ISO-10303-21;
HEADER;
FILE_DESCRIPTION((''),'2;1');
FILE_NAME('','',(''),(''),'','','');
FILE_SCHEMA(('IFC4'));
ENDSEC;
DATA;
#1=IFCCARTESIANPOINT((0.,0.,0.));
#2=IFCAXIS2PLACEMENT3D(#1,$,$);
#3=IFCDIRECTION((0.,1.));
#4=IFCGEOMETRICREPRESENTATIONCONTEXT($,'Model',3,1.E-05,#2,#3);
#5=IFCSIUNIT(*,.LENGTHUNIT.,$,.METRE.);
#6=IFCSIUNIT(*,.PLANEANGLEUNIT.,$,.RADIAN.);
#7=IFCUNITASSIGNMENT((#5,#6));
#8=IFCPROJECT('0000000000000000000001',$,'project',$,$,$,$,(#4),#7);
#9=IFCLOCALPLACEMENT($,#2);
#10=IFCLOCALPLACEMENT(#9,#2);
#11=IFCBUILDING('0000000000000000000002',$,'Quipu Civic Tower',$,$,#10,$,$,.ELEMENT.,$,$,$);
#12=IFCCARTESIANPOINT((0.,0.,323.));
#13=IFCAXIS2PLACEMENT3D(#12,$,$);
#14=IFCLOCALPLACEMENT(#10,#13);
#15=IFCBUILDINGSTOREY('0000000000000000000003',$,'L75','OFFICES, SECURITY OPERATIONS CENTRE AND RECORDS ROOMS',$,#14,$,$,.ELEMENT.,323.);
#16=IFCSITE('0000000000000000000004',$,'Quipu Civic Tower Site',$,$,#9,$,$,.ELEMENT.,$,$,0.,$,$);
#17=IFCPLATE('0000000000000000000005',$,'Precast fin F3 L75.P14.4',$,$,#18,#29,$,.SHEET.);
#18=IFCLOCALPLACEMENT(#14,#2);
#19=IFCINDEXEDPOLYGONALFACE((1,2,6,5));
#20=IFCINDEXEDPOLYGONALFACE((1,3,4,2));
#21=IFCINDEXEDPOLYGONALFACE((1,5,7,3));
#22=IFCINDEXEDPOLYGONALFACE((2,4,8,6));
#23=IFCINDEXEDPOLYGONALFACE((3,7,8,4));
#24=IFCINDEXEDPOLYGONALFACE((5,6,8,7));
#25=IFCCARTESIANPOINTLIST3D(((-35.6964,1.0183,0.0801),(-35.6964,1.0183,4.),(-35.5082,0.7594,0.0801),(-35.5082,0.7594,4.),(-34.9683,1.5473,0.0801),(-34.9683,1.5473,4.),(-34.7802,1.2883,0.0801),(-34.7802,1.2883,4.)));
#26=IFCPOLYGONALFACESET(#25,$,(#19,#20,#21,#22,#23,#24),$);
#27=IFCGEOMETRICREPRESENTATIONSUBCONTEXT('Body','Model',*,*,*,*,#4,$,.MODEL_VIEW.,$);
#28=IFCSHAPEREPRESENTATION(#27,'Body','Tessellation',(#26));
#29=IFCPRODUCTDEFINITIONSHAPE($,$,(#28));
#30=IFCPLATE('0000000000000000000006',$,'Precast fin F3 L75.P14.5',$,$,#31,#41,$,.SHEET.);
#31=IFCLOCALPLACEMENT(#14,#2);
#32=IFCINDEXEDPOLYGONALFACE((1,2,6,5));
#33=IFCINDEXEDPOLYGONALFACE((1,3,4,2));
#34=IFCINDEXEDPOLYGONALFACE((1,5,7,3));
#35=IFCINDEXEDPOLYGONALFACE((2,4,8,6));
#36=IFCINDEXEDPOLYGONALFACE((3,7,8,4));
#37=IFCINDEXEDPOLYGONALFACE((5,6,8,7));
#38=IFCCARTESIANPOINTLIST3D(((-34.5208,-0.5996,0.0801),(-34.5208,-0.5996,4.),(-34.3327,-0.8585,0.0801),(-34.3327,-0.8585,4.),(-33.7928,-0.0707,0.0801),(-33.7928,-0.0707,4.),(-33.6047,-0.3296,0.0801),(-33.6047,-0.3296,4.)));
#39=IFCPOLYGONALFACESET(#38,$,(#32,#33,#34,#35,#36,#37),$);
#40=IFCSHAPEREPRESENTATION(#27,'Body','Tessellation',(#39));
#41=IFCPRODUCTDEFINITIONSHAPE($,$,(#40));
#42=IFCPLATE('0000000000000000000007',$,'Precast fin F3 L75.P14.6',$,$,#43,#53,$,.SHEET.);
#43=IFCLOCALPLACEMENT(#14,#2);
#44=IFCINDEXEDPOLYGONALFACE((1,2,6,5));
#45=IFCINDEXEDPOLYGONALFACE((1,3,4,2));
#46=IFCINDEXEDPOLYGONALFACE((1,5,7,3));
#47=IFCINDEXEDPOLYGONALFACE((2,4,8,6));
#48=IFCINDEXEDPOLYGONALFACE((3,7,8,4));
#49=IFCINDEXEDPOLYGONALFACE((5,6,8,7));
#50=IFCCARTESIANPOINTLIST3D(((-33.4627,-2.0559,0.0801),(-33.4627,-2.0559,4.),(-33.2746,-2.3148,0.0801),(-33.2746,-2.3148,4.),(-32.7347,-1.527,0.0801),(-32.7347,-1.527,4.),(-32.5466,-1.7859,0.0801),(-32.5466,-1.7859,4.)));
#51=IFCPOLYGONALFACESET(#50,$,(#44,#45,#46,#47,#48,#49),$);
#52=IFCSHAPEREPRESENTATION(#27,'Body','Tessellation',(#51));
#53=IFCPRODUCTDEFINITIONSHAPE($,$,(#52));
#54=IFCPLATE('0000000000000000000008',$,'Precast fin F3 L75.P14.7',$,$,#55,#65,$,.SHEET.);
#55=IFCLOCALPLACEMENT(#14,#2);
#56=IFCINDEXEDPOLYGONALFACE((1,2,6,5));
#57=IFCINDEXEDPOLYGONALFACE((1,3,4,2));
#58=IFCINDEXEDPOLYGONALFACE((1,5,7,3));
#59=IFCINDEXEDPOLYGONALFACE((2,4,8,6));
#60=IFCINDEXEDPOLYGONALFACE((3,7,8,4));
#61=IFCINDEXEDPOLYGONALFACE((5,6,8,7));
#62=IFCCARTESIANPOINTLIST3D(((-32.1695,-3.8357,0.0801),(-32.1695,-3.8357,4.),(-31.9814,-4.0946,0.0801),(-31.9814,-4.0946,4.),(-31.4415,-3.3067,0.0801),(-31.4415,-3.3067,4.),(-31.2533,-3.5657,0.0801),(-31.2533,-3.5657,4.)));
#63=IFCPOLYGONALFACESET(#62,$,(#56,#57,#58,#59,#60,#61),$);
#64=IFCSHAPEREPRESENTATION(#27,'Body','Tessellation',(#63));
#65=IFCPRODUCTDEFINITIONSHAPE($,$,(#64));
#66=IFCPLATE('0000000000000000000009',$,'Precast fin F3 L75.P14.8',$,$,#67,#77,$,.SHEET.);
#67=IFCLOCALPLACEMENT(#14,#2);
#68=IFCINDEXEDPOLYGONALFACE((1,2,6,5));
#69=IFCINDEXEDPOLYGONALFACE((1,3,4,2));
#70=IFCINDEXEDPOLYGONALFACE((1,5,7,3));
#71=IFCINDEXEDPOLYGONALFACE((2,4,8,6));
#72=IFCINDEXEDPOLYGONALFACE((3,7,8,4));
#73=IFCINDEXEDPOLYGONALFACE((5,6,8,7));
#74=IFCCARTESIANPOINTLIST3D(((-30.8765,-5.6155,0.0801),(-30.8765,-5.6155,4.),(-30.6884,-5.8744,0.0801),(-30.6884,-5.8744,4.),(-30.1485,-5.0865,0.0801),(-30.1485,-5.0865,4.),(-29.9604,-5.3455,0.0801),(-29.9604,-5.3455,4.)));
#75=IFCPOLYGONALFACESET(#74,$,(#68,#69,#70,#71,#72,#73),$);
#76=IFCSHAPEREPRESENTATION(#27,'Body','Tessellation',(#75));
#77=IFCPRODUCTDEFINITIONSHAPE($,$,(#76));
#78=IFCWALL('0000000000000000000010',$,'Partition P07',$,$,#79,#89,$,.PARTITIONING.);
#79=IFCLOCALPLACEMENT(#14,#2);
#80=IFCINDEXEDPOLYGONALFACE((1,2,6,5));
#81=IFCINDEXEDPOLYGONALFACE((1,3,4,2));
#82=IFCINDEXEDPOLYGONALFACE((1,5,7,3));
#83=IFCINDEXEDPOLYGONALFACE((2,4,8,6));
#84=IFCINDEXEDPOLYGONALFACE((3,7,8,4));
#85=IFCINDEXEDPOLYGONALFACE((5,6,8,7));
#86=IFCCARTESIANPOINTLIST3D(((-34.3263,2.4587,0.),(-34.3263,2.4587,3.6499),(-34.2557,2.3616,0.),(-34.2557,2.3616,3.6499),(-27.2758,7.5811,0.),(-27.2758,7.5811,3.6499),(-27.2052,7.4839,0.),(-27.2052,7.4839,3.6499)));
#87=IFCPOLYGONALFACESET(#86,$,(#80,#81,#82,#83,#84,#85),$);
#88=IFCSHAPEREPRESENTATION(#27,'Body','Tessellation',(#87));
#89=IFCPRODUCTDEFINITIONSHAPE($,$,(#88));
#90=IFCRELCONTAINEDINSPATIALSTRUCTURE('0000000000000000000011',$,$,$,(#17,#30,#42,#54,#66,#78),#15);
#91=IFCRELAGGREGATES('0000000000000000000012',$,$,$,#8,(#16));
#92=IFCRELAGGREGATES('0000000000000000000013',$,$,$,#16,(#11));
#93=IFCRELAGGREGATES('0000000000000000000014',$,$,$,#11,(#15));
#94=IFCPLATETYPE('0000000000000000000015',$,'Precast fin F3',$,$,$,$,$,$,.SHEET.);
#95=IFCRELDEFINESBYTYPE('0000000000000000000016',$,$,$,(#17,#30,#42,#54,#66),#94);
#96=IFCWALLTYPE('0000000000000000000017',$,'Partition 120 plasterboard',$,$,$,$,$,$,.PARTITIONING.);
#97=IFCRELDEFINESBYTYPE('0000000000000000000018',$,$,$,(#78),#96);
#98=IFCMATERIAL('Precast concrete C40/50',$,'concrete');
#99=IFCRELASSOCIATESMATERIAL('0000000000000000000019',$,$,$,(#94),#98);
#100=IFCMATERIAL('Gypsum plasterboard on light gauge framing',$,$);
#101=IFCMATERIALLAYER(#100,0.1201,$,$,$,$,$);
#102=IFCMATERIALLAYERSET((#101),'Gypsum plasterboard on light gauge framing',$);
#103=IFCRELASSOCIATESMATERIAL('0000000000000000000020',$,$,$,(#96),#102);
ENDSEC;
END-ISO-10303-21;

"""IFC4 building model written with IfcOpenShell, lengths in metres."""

from ifc_helpers import new_model, si_unit, direction, frame, frame_2d, origin, origin_2d, place, context, subcontext, project, spatial, rectangle, extrude, material, layer, layer_set, type_object, element, save


model = new_model("IFC4")

# Units and contexts
model_context = context("Model", 3, precision=1e-05, world=origin(), true_north=direction((0.0, 1.0)))
body_context = subcontext(model_context, "Body", "Model", "MODEL_VIEW")
ifc_project = project(units=[si_unit("LENGTHUNIT", "METRE"), si_unit("PLANEANGLEUNIT", "RADIAN")], contexts=[model_context])

# Site, building, storey
site_placement = place(None, origin())
site = spatial("IfcSite", under=ifc_project, at=site_placement, Name="Quipu Civic Tower Site", CompositionType="ELEMENT", RefElevation=0.0)
building_placement = place(site_placement, origin())
building = spatial("IfcBuilding", under=site, at=building_placement, Name="Quipu Civic Tower", CompositionType="ELEMENT")
storey_placement = place(building_placement, frame((0.0, 0.0, 323.0)))
storey = spatial("IfcBuildingStorey", under=building, at=storey_placement, Name="L75", Description="OFFICES, SECURITY OPERATIONS CENTRE AND RECORDS ROOMS", CompositionType="ELEMENT", Elevation=323.0)

# Plates
ifc_material_1 = material(Name="Precast concrete C40/50", Category="concrete")
plate_type_1 = type_object("IfcPlateType", Name="Precast fin F3", PredefinedType="SHEET", material=ifc_material_1)
for number, where, z_axis, x_axis, name in (
    (1, (-35.2383, 1.1533, 0.0801), (0.0, 0.0, 1.0), (0.587787, -0.809016, 0.0), "Precast fin F3 L75.P14.4"),
    (2, (-34.0627, -0.4646, 0.0801), (0.0, 0.0, 1.0), (0.587787, -0.809016, 0.0), "Precast fin F3 L75.P14.5"),
    (3, (-33.0046, -1.9209, 0.0801), (0.0, 0.0, 1.0), (0.587787, -0.809016, 0.0), "Precast fin F3 L75.P14.6"),
    (4, (-31.7114, -3.7007, 0.0801), (0.0, 0.0, 1.0), (0.587787, -0.809016, 0.0), "Precast fin F3 L75.P14.7"),
    (5, (-30.4185, -5.4805, 0.0801), (0.0, 0.0, 1.0), (0.587787, -0.809016, 0.0), "Precast fin F3 L75.P14.8"),
):
    element("IfcPlate", number, at=place(storey_placement, frame(where, z_axis=z_axis, x_axis=x_axis)), inside=storey, type_object=plate_type_1, Name=name, PredefinedType="SHEET", context=body_context, shape_type="SweptSolid", body=[
        extrude(rectangle(XDim=0.3201, YDim=0.8999, at=origin_2d()), origin(), (0.0, 0.0, 1.0), 3.9199),
    ])

# Wall
ifc_material_2 = material(Name="Gypsum plasterboard on light gauge framing")
ifc_layer_1 = layer(ifc_material_2, 0.1201)
ifc_layer_set_1 = layer_set([ifc_layer_1], Name="Gypsum plasterboard on light gauge framing")
wall_type = type_object("IfcWallType", Name="Partition 120 plasterboard", PredefinedType="PARTITIONING", material=ifc_layer_set_1)
wall_placement = place(storey_placement, frame((-34.291, 2.4102, 0.0), z_axis=(0.0, 0.0, 1.0), x_axis=(0.809028, 0.58777, 0.0)))
element("IfcWall", 6, at=wall_placement, inside=storey, type_object=wall_type, Name="Partition P07", PredefinedType="PARTITIONING", context=body_context, shape_type="SweptSolid", body=[
    extrude(rectangle(XDim=8.7148, YDim=0.1201, at=frame_2d((4.3574, 0.0))), origin(), (0.0, 0.0, 1.0), 3.6499),
])

save(model, "model.ifc")
